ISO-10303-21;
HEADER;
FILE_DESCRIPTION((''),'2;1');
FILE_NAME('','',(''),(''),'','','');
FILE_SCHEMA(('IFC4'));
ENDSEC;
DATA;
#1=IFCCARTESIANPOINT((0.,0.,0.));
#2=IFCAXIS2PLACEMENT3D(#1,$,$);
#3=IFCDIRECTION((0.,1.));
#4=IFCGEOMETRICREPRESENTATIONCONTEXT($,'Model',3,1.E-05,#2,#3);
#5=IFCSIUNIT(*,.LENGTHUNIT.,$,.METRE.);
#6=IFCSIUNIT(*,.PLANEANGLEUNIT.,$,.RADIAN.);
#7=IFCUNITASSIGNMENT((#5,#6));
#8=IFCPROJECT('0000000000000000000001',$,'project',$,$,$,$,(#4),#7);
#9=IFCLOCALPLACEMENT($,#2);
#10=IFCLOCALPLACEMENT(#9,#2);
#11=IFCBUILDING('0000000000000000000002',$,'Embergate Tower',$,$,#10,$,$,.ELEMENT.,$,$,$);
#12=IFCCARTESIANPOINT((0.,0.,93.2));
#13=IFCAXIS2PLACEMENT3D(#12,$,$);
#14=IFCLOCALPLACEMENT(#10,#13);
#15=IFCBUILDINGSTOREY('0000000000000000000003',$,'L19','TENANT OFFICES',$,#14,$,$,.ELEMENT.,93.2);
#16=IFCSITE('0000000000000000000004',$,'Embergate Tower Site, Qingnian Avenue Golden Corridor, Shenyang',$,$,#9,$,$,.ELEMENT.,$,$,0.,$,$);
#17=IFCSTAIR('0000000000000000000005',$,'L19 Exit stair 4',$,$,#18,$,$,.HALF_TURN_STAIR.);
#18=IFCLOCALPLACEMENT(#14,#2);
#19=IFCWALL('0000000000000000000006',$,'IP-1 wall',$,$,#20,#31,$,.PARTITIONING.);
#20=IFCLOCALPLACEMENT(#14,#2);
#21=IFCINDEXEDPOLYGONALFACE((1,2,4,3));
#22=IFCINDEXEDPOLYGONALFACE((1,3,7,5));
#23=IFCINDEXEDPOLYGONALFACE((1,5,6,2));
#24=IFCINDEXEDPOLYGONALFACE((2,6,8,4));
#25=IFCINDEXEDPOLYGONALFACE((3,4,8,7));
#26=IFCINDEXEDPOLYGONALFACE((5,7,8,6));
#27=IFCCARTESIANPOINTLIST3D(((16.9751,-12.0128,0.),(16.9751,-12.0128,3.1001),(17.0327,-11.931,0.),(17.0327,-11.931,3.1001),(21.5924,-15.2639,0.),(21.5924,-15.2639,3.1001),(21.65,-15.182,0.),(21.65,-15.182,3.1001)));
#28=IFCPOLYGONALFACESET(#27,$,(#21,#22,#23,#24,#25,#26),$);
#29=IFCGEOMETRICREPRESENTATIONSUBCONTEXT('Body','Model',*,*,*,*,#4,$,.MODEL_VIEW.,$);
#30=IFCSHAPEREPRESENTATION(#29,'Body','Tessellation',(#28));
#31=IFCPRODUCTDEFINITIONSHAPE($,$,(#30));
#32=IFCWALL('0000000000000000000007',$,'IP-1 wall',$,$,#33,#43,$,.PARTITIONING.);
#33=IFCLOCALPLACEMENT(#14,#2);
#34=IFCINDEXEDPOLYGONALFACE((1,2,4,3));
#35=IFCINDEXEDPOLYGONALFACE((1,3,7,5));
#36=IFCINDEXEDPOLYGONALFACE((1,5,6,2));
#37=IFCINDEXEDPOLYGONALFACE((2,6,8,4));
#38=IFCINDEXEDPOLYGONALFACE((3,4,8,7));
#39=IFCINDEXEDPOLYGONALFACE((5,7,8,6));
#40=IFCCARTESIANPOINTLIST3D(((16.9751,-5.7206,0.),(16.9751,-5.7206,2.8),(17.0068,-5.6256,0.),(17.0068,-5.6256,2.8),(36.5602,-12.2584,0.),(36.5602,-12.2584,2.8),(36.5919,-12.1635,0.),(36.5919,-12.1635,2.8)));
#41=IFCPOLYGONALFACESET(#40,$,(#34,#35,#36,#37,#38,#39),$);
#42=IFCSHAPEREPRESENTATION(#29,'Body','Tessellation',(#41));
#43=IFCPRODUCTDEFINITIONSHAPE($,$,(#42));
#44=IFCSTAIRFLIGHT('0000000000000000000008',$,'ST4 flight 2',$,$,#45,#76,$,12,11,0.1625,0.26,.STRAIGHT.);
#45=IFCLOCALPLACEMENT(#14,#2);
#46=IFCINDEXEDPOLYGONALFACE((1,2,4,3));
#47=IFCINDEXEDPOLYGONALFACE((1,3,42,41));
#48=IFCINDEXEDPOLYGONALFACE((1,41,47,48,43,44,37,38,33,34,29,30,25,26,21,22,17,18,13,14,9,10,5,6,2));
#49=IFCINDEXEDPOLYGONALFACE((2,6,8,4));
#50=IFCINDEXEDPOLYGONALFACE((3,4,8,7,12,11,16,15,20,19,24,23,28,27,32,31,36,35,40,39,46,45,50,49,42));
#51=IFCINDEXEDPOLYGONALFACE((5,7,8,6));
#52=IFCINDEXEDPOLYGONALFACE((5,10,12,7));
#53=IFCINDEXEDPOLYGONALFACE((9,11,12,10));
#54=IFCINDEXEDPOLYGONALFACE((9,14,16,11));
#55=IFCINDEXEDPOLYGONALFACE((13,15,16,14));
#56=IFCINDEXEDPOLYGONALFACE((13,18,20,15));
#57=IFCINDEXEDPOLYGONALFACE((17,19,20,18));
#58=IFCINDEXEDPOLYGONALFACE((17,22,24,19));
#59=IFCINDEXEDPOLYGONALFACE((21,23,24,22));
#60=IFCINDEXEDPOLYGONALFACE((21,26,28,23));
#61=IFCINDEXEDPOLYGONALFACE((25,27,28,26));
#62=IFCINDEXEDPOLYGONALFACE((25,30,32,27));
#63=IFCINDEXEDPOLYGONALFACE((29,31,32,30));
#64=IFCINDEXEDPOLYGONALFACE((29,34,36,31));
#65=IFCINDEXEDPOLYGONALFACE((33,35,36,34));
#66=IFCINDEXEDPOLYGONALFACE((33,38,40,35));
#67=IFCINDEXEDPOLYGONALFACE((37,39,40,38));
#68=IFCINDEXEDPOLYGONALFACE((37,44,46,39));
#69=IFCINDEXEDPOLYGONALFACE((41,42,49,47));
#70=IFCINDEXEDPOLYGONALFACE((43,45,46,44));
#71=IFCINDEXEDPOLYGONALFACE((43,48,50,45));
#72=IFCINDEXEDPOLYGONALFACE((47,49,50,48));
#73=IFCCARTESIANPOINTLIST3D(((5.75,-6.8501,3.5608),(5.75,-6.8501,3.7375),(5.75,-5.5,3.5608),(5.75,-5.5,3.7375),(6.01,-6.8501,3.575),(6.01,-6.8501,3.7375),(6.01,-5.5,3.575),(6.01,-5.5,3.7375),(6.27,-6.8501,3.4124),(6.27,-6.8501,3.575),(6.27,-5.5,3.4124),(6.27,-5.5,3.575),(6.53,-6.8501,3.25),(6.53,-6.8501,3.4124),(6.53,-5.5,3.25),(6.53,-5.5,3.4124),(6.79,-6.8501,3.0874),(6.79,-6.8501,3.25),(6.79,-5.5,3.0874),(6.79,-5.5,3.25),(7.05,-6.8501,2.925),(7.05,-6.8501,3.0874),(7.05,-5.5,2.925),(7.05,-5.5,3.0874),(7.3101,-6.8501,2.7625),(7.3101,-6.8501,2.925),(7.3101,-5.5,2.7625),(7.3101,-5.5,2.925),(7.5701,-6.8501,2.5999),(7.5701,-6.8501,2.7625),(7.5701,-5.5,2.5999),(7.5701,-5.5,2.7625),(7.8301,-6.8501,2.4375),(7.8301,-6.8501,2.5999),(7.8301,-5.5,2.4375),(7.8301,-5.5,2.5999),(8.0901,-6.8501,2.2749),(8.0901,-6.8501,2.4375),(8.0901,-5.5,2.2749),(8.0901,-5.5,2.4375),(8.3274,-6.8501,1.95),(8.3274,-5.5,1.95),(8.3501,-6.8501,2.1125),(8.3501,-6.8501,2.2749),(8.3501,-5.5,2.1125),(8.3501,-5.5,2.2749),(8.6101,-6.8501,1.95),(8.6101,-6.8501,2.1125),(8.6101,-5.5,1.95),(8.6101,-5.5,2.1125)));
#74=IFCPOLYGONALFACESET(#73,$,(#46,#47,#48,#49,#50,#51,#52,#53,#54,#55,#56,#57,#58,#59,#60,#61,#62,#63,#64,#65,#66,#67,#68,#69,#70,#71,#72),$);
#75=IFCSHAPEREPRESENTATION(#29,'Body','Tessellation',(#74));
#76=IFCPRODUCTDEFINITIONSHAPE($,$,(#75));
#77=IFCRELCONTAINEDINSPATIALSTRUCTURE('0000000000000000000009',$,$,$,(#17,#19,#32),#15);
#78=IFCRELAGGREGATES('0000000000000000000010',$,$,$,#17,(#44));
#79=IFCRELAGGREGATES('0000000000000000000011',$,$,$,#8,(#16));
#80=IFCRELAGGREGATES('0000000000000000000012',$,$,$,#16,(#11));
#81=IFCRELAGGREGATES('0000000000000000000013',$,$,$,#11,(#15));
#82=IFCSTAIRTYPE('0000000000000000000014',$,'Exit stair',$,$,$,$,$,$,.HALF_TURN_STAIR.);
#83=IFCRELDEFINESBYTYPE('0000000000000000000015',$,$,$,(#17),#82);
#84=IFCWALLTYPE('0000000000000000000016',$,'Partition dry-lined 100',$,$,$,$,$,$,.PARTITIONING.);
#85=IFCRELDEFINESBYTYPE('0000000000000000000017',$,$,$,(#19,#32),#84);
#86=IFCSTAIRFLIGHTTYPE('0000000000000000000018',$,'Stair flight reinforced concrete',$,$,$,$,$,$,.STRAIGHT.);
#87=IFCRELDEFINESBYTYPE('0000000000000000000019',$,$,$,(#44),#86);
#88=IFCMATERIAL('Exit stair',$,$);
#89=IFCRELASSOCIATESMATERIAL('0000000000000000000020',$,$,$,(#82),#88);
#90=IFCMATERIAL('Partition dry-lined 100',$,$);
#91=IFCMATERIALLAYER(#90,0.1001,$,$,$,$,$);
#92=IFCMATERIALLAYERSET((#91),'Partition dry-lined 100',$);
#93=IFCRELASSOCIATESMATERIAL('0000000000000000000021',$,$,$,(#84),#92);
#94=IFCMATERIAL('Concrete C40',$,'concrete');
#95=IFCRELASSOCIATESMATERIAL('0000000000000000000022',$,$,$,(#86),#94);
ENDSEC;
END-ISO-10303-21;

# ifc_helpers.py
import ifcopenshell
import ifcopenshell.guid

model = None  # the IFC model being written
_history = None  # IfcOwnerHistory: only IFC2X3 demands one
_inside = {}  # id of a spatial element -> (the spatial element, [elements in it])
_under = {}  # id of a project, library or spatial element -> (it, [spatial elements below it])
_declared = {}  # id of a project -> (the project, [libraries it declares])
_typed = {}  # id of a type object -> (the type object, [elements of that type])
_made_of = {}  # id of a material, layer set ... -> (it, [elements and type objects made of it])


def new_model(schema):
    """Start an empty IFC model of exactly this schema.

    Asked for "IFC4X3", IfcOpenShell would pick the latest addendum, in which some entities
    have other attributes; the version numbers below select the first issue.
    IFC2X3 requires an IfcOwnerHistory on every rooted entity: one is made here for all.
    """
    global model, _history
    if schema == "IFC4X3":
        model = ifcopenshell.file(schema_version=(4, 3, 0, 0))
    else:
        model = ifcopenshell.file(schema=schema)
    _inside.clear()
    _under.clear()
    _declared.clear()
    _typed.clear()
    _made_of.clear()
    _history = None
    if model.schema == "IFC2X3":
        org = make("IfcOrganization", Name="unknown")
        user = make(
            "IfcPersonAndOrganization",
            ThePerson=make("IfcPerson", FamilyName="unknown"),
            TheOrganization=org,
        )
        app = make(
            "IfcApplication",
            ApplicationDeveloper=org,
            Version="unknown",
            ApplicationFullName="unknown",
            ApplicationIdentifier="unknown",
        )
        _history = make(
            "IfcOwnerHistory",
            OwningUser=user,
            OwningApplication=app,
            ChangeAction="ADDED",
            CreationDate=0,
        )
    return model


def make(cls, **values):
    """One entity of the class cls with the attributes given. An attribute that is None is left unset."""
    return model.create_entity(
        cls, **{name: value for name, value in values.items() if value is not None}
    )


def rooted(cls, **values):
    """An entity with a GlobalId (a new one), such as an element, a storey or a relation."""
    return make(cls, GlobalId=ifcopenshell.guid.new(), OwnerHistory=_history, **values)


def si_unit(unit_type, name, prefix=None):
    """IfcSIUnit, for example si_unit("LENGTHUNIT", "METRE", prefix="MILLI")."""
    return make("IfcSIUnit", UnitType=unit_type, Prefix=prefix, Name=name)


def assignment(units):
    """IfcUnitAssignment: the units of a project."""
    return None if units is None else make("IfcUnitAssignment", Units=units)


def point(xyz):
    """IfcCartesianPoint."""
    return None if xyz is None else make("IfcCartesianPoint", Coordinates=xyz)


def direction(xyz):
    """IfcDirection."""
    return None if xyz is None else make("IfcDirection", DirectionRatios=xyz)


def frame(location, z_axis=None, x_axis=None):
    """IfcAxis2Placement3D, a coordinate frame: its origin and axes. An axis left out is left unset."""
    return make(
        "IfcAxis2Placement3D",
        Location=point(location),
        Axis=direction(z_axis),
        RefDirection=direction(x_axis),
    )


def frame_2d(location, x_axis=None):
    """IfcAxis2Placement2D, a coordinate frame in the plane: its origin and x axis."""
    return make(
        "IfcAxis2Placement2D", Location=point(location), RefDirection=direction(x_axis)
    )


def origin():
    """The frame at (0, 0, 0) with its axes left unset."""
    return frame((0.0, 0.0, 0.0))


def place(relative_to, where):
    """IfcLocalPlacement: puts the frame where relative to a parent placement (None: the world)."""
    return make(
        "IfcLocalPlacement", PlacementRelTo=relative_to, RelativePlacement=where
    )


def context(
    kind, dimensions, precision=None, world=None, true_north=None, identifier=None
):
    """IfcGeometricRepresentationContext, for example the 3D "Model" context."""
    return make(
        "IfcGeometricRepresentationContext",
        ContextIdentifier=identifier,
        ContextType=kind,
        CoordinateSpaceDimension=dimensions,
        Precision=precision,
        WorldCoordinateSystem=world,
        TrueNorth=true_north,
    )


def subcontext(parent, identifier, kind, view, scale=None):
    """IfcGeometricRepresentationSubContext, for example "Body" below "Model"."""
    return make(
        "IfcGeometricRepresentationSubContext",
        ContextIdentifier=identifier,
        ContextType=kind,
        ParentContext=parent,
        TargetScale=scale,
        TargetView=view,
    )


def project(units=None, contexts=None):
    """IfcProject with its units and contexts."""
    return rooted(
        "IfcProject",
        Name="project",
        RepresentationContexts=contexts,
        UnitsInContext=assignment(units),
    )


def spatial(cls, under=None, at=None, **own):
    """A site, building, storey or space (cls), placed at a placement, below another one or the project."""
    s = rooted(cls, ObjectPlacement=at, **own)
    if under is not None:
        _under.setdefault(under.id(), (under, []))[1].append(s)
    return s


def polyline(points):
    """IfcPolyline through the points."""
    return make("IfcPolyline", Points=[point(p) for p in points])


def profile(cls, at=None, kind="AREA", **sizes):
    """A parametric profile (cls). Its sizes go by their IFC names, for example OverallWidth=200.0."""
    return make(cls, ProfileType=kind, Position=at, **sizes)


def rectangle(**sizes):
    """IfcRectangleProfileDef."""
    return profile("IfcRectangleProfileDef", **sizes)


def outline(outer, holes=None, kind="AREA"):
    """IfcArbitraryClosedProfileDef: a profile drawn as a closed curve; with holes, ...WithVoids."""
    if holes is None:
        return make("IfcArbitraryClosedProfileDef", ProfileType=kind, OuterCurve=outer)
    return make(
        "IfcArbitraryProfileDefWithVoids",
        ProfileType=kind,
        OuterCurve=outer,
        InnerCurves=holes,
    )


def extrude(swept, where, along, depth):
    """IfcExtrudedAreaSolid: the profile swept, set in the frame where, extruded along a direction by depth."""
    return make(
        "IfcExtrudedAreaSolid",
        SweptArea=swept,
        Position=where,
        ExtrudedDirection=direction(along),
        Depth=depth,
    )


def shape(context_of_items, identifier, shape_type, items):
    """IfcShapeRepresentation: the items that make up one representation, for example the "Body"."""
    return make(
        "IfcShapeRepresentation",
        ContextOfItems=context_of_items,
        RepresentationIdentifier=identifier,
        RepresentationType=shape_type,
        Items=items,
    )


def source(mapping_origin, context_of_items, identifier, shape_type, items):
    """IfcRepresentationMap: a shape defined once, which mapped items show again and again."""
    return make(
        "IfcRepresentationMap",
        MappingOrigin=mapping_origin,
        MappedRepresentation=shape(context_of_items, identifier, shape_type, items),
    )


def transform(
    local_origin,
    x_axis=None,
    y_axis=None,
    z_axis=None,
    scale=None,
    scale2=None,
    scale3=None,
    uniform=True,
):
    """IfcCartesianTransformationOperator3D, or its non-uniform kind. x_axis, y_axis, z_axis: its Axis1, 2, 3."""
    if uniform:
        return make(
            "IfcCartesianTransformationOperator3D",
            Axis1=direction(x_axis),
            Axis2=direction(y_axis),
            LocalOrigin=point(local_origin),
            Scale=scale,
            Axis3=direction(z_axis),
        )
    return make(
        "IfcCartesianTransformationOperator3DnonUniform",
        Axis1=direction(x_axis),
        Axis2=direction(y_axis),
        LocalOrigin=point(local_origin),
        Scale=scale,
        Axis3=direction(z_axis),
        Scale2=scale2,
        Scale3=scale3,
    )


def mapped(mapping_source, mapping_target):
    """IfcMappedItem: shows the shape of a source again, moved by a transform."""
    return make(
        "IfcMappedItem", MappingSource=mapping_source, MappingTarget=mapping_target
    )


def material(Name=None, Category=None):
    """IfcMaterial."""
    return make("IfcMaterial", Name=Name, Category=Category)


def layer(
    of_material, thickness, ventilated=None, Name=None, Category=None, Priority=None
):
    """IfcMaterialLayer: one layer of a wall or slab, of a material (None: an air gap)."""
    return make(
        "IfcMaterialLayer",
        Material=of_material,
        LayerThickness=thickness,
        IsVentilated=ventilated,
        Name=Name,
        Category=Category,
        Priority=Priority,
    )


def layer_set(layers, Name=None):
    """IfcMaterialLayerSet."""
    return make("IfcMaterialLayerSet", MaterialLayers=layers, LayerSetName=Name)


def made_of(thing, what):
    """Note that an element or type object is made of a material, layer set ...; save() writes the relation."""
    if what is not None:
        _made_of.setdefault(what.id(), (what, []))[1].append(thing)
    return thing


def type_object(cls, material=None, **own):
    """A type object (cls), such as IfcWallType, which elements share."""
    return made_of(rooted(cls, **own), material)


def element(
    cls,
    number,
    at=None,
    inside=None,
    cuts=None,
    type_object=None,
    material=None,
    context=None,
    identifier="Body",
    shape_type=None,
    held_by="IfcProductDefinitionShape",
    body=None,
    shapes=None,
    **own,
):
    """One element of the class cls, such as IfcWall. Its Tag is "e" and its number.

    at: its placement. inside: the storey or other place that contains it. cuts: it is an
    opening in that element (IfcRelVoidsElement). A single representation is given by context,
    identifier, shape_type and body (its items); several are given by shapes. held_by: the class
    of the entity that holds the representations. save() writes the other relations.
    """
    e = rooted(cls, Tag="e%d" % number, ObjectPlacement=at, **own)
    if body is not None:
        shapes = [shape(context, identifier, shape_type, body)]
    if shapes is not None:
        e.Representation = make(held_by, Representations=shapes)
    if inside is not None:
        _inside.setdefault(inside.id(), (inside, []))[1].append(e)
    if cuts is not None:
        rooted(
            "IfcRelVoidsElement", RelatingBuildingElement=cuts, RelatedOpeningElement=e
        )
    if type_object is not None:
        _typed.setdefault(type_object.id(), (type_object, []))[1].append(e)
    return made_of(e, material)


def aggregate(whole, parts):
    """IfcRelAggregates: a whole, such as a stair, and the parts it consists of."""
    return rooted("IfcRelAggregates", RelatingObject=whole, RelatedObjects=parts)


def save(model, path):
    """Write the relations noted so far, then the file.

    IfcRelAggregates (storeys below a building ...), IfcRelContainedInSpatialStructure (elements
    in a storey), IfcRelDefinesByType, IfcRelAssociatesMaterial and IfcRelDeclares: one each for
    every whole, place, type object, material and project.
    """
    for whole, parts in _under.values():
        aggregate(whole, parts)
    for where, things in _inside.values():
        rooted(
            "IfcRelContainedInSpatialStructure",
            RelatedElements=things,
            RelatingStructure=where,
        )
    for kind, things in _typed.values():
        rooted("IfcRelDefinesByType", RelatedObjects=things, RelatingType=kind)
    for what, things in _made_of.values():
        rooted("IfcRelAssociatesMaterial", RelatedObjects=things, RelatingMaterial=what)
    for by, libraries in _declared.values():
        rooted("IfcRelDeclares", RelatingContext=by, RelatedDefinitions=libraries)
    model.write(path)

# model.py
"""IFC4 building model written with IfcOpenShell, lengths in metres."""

from ifc_helpers import new_model, si_unit, direction, frame, frame_2d, origin, place, context, subcontext, project, spatial, polyline, rectangle, outline, extrude, source, transform, mapped, material, layer, layer_set, type_object, element, aggregate, save


model = new_model("IFC4")

# Units and contexts
model_context = context("Model", 3, precision=1e-05, world=origin(), true_north=direction((0.0, 1.0)))
body_context = subcontext(model_context, "Body", "Model", "MODEL_VIEW")
ifc_project = project(units=[si_unit("LENGTHUNIT", "METRE"), si_unit("PLANEANGLEUNIT", "RADIAN")], contexts=[model_context])

# Site, building, storey
site_placement = place(None, origin())
site = spatial("IfcSite", under=ifc_project, at=site_placement, Name="Embergate Tower Site, Qingnian Avenue Golden Corridor, Shenyang", CompositionType="ELEMENT", RefElevation=0.0)
building_placement = place(site_placement, origin())
building = spatial("IfcBuilding", under=site, at=building_placement, Name="Embergate Tower", CompositionType="ELEMENT")
storey_placement = place(building_placement, frame((0.0, 0.0, 93.2)))
storey = spatial("IfcBuildingStorey", under=building, at=storey_placement, Name="L19", Description="TENANT OFFICES", CompositionType="ELEMENT", Elevation=93.2)

# Stair
ifc_material_1 = material(Name="Exit stair")
stair_type = type_object("IfcStairType", Name="Exit stair", PredefinedType="HALF_TURN_STAIR", material=ifc_material_1)
stair_placement = place(storey_placement, origin())
stair = element("IfcStair", 1, at=stair_placement, inside=storey, type_object=stair_type, Name="L19 Exit stair 4", PredefinedType="HALF_TURN_STAIR")
ifc_material_2 = material(Name="Concrete C40", Category="concrete")

# Walls
ifc_material_3 = material(Name="Partition dry-lined 100")
ifc_layer_1 = layer(ifc_material_3, 0.1001)
ifc_layer_set_1 = layer_set([ifc_layer_1], Name="Partition dry-lined 100")
wall_type_1 = type_object("IfcWallType", Name="Partition dry-lined 100", PredefinedType="PARTITIONING", material=ifc_layer_set_1)
shared_shape_1 = source(origin(), body_context, "Body", "SweptSolid", [
    extrude(rectangle(XDim=5.647, YDim=0.1001, at=frame_2d((2.8235, 0.0))), origin(), (0.0, 0.0, 1.0), 3.1001),
])
wall_1_placement = place(storey_placement, frame((17.0039, -11.9719, 0.0), z_axis=(0.0, 0.0, 1.0), x_axis=(0.817653, -0.575712, 0.0)))
element("IfcWall", 2, at=wall_1_placement, inside=storey, type_object=wall_type_1, Name="IP-1 wall", PredefinedType="PARTITIONING", context=body_context, shape_type="MappedRepresentation", body=[
    mapped(shared_shape_1, transform((0.0, 0.0, 0.0))),
])
shared_shape_2 = source(origin(), body_context, "Body", "SweptSolid", [
    extrude(rectangle(XDim=20.6475, YDim=0.1001, at=frame_2d((10.3237, 0.0))), origin(), (0.0, 0.0, 1.0), 2.8),
])
wall_2_placement = place(storey_placement, frame((16.991, -5.6731, 0.0), z_axis=(0.0, 0.0, 1.0), x_axis=(0.948545, -0.316643, 0.0)))
element("IfcWall", 3, at=wall_2_placement, inside=storey, type_object=wall_type_1, Name="IP-1 wall", PredefinedType="PARTITIONING", context=body_context, shape_type="MappedRepresentation", body=[
    mapped(shared_shape_2, transform((0.0, 0.0, 0.0))),
])

# Stair flight
stair_flight_type = type_object("IfcStairFlightType", Name="Stair flight reinforced concrete", PredefinedType="STRAIGHT", material=ifc_material_2)
shared_shape_3 = source(origin(), body_context, "Body", "SweptSolid", [
    extrude(outline(polyline([(0.0, 0.0), (0.0, 0.1626), (0.26, 0.1626), (0.26, 0.325), (0.52, 0.325), (0.52, 0.4875), (0.78, 0.4875), (0.78, 0.6499), (1.04, 0.6499), (1.04, 0.8125), (1.3, 0.8125), (1.3, 0.9751), (1.5601, 0.9751), (1.5601, 1.1375), (1.8201, 1.1375), (1.8201, 1.3), (2.0801, 1.3), (2.0801, 1.4624), (2.3401, 1.4624), (2.3401, 1.625), (2.6001, 1.625), (2.6001, 1.7876), (2.8601, 1.7876), (2.8601, 1.95), (2.8601, 1.6108), (0.2827, 0.0), (0.0, 0.0)])), frame((0.0, 0.675, 0.0), z_axis=(0.0, -1.0, 0.0), x_axis=(1.0, 0.0, 0.0)), (0.0, 0.0, 1.0), 1.3501),
])
stair_flight_placement = place(storey_placement, frame((8.6101, -6.175, 1.95), z_axis=(0.0, 0.0, 1.0), x_axis=(-1.0, 0.0, 0.0)))
stair_flight = element("IfcStairFlight", 4, at=stair_flight_placement, type_object=stair_flight_type, Name="ST4 flight 2", NumberOfRisers=12, NumberOfTreads=11, PredefinedType="STRAIGHT", RiserHeight=0.1625, TreadLength=0.26, context=body_context, shape_type="MappedRepresentation", body=[
    mapped(shared_shape_3, transform((0.0, 0.0, 0.0))),
])
aggregate(stair, [stair_flight])

save(model, "model.ifc")
